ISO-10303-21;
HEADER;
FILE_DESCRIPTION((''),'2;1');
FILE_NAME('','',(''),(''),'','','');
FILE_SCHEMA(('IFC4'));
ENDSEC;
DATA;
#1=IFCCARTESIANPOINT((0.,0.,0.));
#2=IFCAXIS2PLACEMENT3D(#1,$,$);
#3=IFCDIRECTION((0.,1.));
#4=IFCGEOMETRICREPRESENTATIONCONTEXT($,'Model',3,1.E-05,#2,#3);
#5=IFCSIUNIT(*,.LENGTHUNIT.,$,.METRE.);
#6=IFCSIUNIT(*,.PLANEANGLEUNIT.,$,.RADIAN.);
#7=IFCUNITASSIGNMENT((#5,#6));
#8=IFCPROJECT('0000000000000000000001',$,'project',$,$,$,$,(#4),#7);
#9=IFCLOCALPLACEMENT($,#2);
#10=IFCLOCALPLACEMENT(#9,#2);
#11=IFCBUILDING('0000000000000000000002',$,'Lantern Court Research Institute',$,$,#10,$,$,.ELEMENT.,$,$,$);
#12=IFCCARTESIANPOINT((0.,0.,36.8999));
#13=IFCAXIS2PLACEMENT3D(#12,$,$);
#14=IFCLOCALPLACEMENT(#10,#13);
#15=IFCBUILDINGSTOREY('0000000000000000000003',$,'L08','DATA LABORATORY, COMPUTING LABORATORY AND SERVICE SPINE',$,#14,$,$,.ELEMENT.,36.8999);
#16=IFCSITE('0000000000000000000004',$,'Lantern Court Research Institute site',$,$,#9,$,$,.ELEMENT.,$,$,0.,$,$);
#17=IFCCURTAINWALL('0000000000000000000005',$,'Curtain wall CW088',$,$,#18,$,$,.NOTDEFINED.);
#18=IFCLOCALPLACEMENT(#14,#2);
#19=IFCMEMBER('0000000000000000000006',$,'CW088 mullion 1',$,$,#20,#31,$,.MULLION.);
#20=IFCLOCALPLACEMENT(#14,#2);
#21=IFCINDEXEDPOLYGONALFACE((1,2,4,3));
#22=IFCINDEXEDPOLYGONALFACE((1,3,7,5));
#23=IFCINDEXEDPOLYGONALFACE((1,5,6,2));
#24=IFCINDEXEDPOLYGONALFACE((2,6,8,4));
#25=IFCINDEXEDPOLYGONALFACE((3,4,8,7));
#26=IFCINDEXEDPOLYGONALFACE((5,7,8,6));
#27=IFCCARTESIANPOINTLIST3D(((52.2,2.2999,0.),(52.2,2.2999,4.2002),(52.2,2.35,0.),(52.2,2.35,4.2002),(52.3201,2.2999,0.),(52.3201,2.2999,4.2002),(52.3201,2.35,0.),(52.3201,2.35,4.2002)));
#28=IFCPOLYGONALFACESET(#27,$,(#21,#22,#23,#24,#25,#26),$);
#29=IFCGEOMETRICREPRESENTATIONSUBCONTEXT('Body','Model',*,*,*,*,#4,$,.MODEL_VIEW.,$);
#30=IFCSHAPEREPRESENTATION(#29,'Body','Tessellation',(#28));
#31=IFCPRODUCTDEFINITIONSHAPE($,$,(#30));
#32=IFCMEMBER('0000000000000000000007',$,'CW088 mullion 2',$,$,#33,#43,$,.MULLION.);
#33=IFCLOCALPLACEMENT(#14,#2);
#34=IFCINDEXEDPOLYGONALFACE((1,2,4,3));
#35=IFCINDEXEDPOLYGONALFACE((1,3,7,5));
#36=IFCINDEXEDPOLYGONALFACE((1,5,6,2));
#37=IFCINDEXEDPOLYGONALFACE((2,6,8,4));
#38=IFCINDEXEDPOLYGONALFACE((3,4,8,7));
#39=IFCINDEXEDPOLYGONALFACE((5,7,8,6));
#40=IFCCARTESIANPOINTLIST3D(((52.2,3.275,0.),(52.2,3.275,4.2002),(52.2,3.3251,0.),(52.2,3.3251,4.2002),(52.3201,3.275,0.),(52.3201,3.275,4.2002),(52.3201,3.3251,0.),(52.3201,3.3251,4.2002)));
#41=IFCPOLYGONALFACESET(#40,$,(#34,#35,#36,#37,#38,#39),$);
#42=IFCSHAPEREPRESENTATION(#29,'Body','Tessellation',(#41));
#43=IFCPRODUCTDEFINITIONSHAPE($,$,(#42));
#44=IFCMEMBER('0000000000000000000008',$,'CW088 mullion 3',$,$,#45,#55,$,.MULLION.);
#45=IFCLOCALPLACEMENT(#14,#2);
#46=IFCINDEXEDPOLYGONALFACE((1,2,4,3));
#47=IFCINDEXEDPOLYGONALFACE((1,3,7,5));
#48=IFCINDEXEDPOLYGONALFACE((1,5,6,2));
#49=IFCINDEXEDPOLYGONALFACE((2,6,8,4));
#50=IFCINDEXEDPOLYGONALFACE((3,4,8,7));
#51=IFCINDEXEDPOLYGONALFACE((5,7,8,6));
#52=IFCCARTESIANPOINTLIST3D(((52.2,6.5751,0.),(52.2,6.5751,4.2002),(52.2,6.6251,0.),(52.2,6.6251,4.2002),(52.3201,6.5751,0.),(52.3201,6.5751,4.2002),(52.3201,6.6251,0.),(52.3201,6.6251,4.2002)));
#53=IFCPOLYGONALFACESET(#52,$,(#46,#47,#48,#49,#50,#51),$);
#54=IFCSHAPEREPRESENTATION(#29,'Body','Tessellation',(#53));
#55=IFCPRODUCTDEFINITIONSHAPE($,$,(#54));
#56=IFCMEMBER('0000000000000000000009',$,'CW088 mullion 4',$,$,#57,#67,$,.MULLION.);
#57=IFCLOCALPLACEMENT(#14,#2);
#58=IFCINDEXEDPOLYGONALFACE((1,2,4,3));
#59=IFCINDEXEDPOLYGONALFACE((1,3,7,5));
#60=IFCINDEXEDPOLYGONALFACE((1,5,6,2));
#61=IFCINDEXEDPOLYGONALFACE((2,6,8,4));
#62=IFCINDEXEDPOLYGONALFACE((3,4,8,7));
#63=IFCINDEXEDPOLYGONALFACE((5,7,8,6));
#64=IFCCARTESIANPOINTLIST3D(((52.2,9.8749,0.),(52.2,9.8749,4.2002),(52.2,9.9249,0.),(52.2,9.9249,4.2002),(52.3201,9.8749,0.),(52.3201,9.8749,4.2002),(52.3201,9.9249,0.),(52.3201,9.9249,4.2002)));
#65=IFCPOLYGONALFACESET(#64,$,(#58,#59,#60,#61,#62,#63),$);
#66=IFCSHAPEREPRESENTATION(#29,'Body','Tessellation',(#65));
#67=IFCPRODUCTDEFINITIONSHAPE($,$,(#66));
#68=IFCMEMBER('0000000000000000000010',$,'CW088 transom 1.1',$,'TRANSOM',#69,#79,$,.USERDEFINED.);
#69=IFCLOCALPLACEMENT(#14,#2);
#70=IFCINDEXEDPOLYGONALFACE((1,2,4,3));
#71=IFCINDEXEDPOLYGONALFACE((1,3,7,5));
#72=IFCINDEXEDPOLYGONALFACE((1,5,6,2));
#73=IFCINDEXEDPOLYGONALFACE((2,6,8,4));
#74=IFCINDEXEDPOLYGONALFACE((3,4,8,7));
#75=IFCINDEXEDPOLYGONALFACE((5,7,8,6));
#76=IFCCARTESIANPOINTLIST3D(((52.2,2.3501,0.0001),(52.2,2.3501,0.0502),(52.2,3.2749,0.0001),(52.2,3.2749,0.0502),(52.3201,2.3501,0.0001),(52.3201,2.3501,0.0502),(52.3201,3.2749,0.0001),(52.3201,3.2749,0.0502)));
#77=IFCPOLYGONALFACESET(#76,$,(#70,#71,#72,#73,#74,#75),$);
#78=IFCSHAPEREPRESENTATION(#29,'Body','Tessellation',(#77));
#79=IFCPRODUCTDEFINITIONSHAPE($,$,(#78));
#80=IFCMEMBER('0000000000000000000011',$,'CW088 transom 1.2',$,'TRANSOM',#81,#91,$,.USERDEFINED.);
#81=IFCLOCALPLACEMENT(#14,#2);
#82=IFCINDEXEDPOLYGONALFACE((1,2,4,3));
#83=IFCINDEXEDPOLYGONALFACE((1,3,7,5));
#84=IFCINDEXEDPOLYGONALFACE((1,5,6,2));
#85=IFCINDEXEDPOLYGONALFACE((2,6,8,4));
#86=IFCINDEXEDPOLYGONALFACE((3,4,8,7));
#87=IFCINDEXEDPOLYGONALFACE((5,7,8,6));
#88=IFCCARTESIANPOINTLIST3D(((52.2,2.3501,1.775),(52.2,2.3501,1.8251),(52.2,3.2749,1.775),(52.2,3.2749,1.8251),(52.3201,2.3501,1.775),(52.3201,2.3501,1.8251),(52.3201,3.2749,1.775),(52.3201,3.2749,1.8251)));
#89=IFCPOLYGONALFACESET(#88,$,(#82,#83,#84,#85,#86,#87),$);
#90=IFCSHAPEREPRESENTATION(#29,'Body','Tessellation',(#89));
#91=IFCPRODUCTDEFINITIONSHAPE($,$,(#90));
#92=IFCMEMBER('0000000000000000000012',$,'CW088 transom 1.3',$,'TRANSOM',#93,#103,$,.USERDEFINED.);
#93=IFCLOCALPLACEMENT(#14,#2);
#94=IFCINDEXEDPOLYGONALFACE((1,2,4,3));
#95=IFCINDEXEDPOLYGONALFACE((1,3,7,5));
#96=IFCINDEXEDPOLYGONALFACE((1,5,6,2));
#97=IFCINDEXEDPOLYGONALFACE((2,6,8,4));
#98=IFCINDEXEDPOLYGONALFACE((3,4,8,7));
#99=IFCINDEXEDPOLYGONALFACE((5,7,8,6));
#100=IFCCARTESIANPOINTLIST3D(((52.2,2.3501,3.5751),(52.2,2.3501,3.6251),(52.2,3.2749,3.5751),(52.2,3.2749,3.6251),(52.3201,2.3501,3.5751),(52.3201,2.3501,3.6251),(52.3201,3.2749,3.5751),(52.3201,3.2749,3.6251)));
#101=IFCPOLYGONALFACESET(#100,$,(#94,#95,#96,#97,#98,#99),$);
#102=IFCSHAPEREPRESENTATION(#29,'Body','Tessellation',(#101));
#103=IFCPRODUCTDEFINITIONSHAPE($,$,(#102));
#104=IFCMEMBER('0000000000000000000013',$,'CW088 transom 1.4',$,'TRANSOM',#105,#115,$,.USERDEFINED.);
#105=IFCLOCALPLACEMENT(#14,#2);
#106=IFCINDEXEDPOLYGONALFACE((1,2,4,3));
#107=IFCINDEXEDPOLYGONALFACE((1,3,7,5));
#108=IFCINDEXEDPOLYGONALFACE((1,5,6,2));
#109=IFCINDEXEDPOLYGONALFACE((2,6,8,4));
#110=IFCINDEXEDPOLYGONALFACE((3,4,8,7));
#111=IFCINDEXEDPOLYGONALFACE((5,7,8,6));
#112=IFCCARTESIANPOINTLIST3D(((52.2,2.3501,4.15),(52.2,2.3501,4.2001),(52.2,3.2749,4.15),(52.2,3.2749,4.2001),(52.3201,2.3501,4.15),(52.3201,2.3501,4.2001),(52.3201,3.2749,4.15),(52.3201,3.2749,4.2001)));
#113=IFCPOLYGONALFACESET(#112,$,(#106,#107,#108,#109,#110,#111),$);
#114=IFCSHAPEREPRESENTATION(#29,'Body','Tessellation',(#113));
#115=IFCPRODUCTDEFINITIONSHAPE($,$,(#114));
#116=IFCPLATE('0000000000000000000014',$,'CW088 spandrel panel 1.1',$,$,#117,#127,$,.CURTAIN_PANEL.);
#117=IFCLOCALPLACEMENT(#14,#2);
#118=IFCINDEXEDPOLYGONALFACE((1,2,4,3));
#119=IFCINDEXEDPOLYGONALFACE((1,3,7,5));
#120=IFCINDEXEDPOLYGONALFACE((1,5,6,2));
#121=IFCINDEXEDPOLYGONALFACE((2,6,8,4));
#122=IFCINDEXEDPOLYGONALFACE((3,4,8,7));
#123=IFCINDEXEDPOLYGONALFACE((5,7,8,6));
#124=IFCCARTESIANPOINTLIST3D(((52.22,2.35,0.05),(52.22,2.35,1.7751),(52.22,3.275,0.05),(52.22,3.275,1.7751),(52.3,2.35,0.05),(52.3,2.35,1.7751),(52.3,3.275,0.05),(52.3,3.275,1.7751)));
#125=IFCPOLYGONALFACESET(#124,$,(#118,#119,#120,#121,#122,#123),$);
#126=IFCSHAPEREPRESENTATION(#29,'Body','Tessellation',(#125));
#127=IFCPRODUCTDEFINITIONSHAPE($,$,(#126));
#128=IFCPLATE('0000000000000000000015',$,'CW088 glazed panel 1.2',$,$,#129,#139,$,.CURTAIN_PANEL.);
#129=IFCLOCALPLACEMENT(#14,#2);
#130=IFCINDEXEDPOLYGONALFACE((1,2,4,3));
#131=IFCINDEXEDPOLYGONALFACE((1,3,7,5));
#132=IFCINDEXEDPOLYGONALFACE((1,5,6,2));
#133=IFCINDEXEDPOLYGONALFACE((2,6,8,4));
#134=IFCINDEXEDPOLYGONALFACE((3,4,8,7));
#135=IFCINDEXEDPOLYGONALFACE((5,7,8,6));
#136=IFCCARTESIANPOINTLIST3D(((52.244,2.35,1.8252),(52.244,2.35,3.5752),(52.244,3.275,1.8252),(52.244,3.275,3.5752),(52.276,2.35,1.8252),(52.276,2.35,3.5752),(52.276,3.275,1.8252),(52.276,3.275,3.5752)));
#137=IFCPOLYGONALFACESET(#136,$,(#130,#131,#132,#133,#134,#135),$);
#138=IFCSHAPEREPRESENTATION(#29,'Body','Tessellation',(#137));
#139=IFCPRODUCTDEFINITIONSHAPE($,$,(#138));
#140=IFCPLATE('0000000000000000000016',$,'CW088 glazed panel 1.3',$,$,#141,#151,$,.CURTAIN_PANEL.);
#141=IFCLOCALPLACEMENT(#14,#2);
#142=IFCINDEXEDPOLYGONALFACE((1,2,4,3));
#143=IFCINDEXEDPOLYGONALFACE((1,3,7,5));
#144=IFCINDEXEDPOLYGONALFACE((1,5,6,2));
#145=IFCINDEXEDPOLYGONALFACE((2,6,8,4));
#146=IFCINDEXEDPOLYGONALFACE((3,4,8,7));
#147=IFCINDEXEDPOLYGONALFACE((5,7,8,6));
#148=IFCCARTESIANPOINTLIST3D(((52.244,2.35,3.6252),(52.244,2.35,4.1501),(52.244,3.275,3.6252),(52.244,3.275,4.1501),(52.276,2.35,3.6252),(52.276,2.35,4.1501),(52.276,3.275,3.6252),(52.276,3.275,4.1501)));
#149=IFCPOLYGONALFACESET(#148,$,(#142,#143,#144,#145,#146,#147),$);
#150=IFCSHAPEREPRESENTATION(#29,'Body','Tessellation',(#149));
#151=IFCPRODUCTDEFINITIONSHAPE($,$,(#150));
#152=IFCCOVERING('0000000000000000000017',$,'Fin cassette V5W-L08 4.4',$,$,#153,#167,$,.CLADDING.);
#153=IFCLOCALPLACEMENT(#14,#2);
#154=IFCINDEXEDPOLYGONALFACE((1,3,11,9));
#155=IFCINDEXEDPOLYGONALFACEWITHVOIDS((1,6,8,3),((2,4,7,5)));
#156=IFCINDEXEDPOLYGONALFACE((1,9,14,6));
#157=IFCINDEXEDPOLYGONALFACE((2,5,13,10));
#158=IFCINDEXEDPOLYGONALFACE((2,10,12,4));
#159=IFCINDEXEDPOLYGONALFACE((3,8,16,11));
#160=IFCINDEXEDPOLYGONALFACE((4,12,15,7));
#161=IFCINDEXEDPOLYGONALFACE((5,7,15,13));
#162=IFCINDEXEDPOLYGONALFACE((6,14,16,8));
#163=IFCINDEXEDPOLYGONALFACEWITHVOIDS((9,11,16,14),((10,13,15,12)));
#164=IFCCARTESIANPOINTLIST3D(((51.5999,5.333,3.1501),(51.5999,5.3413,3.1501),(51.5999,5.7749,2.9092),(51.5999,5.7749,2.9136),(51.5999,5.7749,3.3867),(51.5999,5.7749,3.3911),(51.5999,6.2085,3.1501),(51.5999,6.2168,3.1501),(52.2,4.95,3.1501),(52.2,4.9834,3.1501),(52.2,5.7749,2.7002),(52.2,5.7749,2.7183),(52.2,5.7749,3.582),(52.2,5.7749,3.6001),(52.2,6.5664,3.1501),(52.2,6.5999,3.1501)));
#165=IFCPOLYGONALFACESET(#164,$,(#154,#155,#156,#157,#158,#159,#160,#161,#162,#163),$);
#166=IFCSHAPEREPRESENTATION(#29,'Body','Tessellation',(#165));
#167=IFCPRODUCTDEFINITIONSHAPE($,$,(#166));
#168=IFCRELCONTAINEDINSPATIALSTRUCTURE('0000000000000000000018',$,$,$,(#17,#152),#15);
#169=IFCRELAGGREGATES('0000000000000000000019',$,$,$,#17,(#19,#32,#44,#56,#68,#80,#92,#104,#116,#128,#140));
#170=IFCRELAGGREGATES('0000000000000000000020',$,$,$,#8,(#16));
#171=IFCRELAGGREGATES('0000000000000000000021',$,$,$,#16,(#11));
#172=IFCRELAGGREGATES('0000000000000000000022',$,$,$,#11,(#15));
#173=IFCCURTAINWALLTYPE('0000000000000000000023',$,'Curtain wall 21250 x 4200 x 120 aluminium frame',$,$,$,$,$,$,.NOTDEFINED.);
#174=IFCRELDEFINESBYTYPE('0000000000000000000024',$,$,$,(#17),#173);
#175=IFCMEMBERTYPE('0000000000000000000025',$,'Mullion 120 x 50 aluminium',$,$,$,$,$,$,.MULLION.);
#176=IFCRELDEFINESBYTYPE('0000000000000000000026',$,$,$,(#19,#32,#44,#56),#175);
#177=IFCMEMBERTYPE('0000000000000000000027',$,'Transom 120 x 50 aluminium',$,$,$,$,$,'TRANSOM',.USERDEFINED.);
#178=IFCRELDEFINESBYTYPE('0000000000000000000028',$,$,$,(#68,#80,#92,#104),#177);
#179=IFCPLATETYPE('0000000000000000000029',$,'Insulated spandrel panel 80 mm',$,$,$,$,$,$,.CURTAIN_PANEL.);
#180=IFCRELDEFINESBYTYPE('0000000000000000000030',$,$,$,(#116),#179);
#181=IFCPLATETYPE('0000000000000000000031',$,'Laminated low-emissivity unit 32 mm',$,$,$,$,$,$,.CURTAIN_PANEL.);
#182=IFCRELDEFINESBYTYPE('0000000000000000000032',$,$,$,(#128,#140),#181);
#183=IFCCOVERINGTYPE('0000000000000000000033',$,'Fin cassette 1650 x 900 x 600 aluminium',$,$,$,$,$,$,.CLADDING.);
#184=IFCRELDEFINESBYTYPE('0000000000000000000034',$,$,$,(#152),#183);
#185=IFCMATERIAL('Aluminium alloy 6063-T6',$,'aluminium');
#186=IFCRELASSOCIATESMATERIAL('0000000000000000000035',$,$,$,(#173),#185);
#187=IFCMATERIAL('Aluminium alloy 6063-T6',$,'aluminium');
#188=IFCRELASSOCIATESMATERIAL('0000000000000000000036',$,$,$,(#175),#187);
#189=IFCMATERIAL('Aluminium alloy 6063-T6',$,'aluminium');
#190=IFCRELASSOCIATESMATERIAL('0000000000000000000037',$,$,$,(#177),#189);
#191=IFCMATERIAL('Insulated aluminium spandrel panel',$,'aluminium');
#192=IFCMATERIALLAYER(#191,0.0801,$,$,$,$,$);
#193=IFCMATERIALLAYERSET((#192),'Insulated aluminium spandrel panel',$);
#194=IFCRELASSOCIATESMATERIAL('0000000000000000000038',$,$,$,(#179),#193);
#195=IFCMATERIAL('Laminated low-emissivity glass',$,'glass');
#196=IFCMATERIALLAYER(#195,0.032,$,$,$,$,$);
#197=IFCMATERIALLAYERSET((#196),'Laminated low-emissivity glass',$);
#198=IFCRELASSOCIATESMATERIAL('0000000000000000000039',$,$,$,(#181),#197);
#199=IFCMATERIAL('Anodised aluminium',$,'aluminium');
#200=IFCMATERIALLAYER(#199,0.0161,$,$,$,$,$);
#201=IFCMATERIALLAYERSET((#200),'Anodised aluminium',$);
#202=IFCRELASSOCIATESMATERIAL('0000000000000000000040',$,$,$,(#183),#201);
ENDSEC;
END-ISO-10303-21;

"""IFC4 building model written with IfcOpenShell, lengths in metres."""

from ifc_helpers import new_model, entity, si_unit, direction, frame, origin, origin_2d, place, context, subcontext, project, spatial, rectangle, extrude, material, layer, layer_set, material_profile, profile_set, type_object, element, aggregate, save


model = new_model("IFC4")

# Units and contexts
model_context = context("Model", 3, precision=1e-05, world=origin(), true_north=direction((0.0, 1.0)))
body_context = subcontext(model_context, "Body", "Model", "MODEL_VIEW")
ifc_project = project(units=[si_unit("LENGTHUNIT", "METRE"), si_unit("PLANEANGLEUNIT", "RADIAN")], contexts=[model_context])

# Site, building, storey
site_placement = place(None, origin())
site = spatial("IfcSite", under=ifc_project, at=site_placement, Name="Lantern Court Research Institute site", CompositionType="ELEMENT", RefElevation=0.0)
building_placement = place(site_placement, origin())
building = spatial("IfcBuilding", under=site, at=building_placement, Name="Lantern Court Research Institute", CompositionType="ELEMENT")
storey_placement = place(building_placement, frame((0.0, 0.0, 36.8999)))
storey = spatial("IfcBuildingStorey", under=building, at=storey_placement, Name="L08", Description="DATA LABORATORY, COMPUTING LABORATORY AND SERVICE SPINE", CompositionType="ELEMENT", Elevation=36.8999)

# Curtain wall, members, plates
ifc_material_1 = material(Name="Aluminium alloy 6063-T6", Category="aluminium")
curtain_wall_type = type_object("IfcCurtainWallType", Name="Curtain wall 21250 x 4200 x 120 aluminium frame", PredefinedType="NOTDEFINED", material=ifc_material_1)
curtain_wall_placement = place(storey_placement, origin())
curtain_wall = element("IfcCurtainWall", 1, at=curtain_wall_placement, inside=storey, type_object=curtain_wall_type, Name="Curtain wall CW088", PredefinedType="NOTDEFINED")
ifc_material_2 = material(Name="Aluminium alloy 6063-T6", Category="aluminium")
ifc_material_profile_1 = material_profile(ifc_material_2, rectangle(XDim=0.1201, YDim=0.05, at=origin_2d()), Name="Mullion 120 x 50")
ifc_profile_set_1 = profile_set([ifc_material_profile_1], Name="Aluminium alloy 6063-T6")
member_type_1 = type_object("IfcMemberType", Name="Mullion 120 x 50 aluminium", PredefinedType="MULLION", material=ifc_profile_set_1)
member_1_placement = place(storey_placement, frame((52.26, 2.325, 0.0), z_axis=(0.0, 0.0, 1.0), x_axis=(-1.0, 0.0, 0.0)))
member_1 = element("IfcMember", 2, at=member_1_placement, type_object=member_type_1, Name="CW088 mullion 1", PredefinedType="MULLION", context=body_context, shape_type="SweptSolid", body=[
    extrude(rectangle(XDim=0.1201, YDim=0.05, at=origin_2d()), origin(), (0.0, 0.0, 1.0), 4.2002),
])
member_2_placement = place(storey_placement, frame((52.26, 3.3, 0.0), z_axis=(0.0, 0.0, 1.0), x_axis=(-1.0, 0.0, 0.0)))
member_2 = element("IfcMember", 3, at=member_2_placement, type_object=member_type_1, Name="CW088 mullion 2", PredefinedType="MULLION", context=body_context, shape_type="SweptSolid", body=[
    extrude(rectangle(XDim=0.1201, YDim=0.05, at=origin_2d()), origin(), (0.0, 0.0, 1.0), 4.2002),
])
member_3_placement = place(storey_placement, frame((52.26, 6.6001, 0.0), z_axis=(0.0, 0.0, 1.0), x_axis=(-1.0, 0.0, 0.0)))
member_3 = element("IfcMember", 4, at=member_3_placement, type_object=member_type_1, Name="CW088 mullion 3", PredefinedType="MULLION", context=body_context, shape_type="SweptSolid", body=[
    extrude(rectangle(XDim=0.1201, YDim=0.05, at=origin_2d()), origin(), (0.0, 0.0, 1.0), 4.2002),
])
member_4_placement = place(storey_placement, frame((52.26, 9.8999, 0.0), z_axis=(0.0, 0.0, 1.0), x_axis=(-1.0, 0.0, 0.0)))
member_4 = element("IfcMember", 5, at=member_4_placement, type_object=member_type_1, Name="CW088 mullion 4", PredefinedType="MULLION", context=body_context, shape_type="SweptSolid", body=[
    extrude(rectangle(XDim=0.1201, YDim=0.05, at=origin_2d()), origin(), (0.0, 0.0, 1.0), 4.2002),
])
ifc_material_3 = material(Name="Aluminium alloy 6063-T6", Category="aluminium")
ifc_material_profile_2 = material_profile(ifc_material_3, rectangle(XDim=0.1201, YDim=0.05, at=origin_2d()), Name="Transom 120 x 50")
ifc_profile_set_2 = profile_set([ifc_material_profile_2], Name="Aluminium alloy 6063-T6")
member_type_2 = type_object("IfcMemberType", Name="Transom 120 x 50 aluminium", ElementType="TRANSOM", PredefinedType="USERDEFINED", material=ifc_profile_set_2)
member_5_placement = place(storey_placement, frame((52.26, 2.3501, 0.0251), z_axis=(0.0, 1.0, 0.0), x_axis=(-1.0, 0.0, 0.0)))
member_5 = element("IfcMember", 6, at=member_5_placement, type_object=member_type_2, Name="CW088 transom 1.1", ObjectType="TRANSOM", PredefinedType="USERDEFINED", context=body_context, shape_type="SweptSolid", body=[
    extrude(rectangle(XDim=0.1201, YDim=0.05, at=origin_2d()), origin(), (0.0, 0.0, 1.0), 0.9248),
])
member_6_placement = place(storey_placement, frame((52.26, 2.3501, 1.8), z_axis=(0.0, 1.0, 0.0), x_axis=(-1.0, 0.0, 0.0)))
member_6 = element("IfcMember", 7, at=member_6_placement, type_object=member_type_2, Name="CW088 transom 1.2", ObjectType="TRANSOM", PredefinedType="USERDEFINED", context=body_context, shape_type="SweptSolid", body=[
    extrude(rectangle(XDim=0.1201, YDim=0.05, at=origin_2d()), origin(), (0.0, 0.0, 1.0), 0.9248),
])
member_7_placement = place(storey_placement, frame((52.26, 2.3501, 3.6001), z_axis=(0.0, 1.0, 0.0), x_axis=(-1.0, 0.0, 0.0)))
member_7 = element("IfcMember", 8, at=member_7_placement, type_object=member_type_2, Name="CW088 transom 1.3", ObjectType="TRANSOM", PredefinedType="USERDEFINED", context=body_context, shape_type="SweptSolid", body=[
    extrude(rectangle(XDim=0.1201, YDim=0.05, at=origin_2d()), origin(), (0.0, 0.0, 1.0), 0.9248),
])
member_8_placement = place(storey_placement, frame((52.26, 2.3501, 4.175), z_axis=(0.0, 1.0, 0.0), x_axis=(-1.0, 0.0, 0.0)))
member_8 = element("IfcMember", 9, at=member_8_placement, type_object=member_type_2, Name="CW088 transom 1.4", ObjectType="TRANSOM", PredefinedType="USERDEFINED", context=body_context, shape_type="SweptSolid", body=[
    extrude(rectangle(XDim=0.1201, YDim=0.05, at=origin_2d()), origin(), (0.0, 0.0, 1.0), 0.9248),
])
ifc_material_4 = material(Name="Insulated aluminium spandrel panel", Category="aluminium")
ifc_layer_1 = layer(ifc_material_4, 0.0801)
ifc_layer_set_1 = layer_set([ifc_layer_1], Name="Insulated aluminium spandrel panel")
plate_type_1 = type_object("IfcPlateType", Name="Insulated spandrel panel 80 mm", PredefinedType="CURTAIN_PANEL", material=ifc_layer_set_1)
plate_1_placement = place(storey_placement, frame((52.26, 2.8125, 0.05), z_axis=(0.0, 0.0, 1.0), x_axis=(0.0, 1.0, 0.0)))
plate_1 = element("IfcPlate", 10, at=plate_1_placement, type_object=plate_type_1, Name="CW088 spandrel panel 1.1", PredefinedType="CURTAIN_PANEL", context=body_context, shape_type="SweptSolid", body=[
    extrude(rectangle(XDim=0.925, YDim=0.0801, at=origin_2d()), origin(), (0.0, 0.0, 1.0), 1.7251),
])
ifc_material_5 = material(Name="Laminated low-emissivity glass", Category="glass")
ifc_layer_2 = layer(ifc_material_5, 0.032)
ifc_layer_set_2 = layer_set([ifc_layer_2], Name="Laminated low-emissivity glass")
plate_type_2 = type_object("IfcPlateType", Name="Laminated low-emissivity unit 32 mm", PredefinedType="CURTAIN_PANEL", material=ifc_layer_set_2)
plate_2_placement = place(storey_placement, frame((52.26, 2.8125, 1.8252), z_axis=(0.0, 0.0, 1.0), x_axis=(0.0, 1.0, 0.0)))
plate_2 = element("IfcPlate", 11, at=plate_2_placement, type_object=plate_type_2, Name="CW088 glazed panel 1.2", PredefinedType="CURTAIN_PANEL", context=body_context, shape_type="SweptSolid", body=[
    extrude(rectangle(XDim=0.925, YDim=0.032, at=origin_2d()), origin(), (0.0, 0.0, 1.0), 1.75),
])
plate_3_placement = place(storey_placement, frame((52.26, 2.8125, 3.6252), z_axis=(0.0, 0.0, 1.0), x_axis=(0.0, 1.0, 0.0)))
plate_3 = element("IfcPlate", 12, at=plate_3_placement, type_object=plate_type_2, Name="CW088 glazed panel 1.3", PredefinedType="CURTAIN_PANEL", context=body_context, shape_type="SweptSolid", body=[
    extrude(rectangle(XDim=0.925, YDim=0.032, at=origin_2d()), origin(), (0.0, 0.0, 1.0), 0.5249),
])
aggregate(curtain_wall, [member_1, member_2, member_3, member_4, member_5, member_6, member_7, member_8, plate_1, plate_2, plate_3])

# Covering
ifc_material_6 = material(Name="Anodised aluminium", Category="aluminium")
ifc_layer_3 = layer(ifc_material_6, 0.0161)
ifc_layer_set_3 = layer_set([ifc_layer_3], Name="Anodised aluminium")
covering_type = type_object("IfcCoveringType", Name="Fin cassette 1650 x 900 x 600 aluminium", PredefinedType="CLADDING", material=ifc_layer_set_3)
covering_1_placement = place(storey_placement, frame((52.2, 5.7749, 3.1501), z_axis=(-1.0, 0.0, 0.0), x_axis=(0.0, -1.0, 0.0)))
cartesian_point_1 = entity("IfcCartesianPoint", [0.825, 0.0])
cartesian_point_2 = entity("IfcCartesianPoint", [0.7915, 0.0])
cartesian_point_3 = entity("IfcCartesianPoint", [0.4419, 0.0])
cartesian_point_4 = entity("IfcCartesianPoint", [0.4336, 0.0])
element("IfcCovering", 13, at=covering_1_placement, inside=storey, type_object=covering_type, Name="Fin cassette V5W-L08 4.4", PredefinedType="CLADDING", context=body_context, shape_type="SweptSolid", body=[
    entity("IfcExtrudedAreaSolidTapered", entity("IfcArbitraryProfileDefWithVoids", "AREA", None, entity("IfcPolyline", [cartesian_point_1, entity("IfcCartesianPoint", [0.0, 0.45]), entity("IfcCartesianPoint", [-0.825, 0.0]), entity("IfcCartesianPoint", [0.0, -0.45]), cartesian_point_1]), [entity("IfcPolyline", [cartesian_point_2, entity("IfcCartesianPoint", [0.0, 0.4319]), entity("IfcCartesianPoint", [-0.7915, 0.0]), entity("IfcCartesianPoint", [0.0, -0.4319]), cartesian_point_2])]), entity("IfcAxis2Placement3D", entity("IfcCartesianPoint", [0.0, 0.0, 0.0])), entity("IfcDirection", [0.0, 0.0, 1.0]), 0.6001, entity("IfcArbitraryProfileDefWithVoids", "AREA", None, entity("IfcPolyline", [cartesian_point_3, entity("IfcCartesianPoint", [0.0, 0.241]), entity("IfcCartesianPoint", [-0.4419, 0.0]), entity("IfcCartesianPoint", [0.0, -0.241]), cartesian_point_3]), [entity("IfcPolyline", [cartesian_point_4, entity("IfcCartesianPoint", [0.0, 0.2366]), entity("IfcCartesianPoint", [-0.4336, 0.0]), entity("IfcCartesianPoint", [0.0, -0.2366]), cartesian_point_4])])),
])

save(model, "model.ifc")
